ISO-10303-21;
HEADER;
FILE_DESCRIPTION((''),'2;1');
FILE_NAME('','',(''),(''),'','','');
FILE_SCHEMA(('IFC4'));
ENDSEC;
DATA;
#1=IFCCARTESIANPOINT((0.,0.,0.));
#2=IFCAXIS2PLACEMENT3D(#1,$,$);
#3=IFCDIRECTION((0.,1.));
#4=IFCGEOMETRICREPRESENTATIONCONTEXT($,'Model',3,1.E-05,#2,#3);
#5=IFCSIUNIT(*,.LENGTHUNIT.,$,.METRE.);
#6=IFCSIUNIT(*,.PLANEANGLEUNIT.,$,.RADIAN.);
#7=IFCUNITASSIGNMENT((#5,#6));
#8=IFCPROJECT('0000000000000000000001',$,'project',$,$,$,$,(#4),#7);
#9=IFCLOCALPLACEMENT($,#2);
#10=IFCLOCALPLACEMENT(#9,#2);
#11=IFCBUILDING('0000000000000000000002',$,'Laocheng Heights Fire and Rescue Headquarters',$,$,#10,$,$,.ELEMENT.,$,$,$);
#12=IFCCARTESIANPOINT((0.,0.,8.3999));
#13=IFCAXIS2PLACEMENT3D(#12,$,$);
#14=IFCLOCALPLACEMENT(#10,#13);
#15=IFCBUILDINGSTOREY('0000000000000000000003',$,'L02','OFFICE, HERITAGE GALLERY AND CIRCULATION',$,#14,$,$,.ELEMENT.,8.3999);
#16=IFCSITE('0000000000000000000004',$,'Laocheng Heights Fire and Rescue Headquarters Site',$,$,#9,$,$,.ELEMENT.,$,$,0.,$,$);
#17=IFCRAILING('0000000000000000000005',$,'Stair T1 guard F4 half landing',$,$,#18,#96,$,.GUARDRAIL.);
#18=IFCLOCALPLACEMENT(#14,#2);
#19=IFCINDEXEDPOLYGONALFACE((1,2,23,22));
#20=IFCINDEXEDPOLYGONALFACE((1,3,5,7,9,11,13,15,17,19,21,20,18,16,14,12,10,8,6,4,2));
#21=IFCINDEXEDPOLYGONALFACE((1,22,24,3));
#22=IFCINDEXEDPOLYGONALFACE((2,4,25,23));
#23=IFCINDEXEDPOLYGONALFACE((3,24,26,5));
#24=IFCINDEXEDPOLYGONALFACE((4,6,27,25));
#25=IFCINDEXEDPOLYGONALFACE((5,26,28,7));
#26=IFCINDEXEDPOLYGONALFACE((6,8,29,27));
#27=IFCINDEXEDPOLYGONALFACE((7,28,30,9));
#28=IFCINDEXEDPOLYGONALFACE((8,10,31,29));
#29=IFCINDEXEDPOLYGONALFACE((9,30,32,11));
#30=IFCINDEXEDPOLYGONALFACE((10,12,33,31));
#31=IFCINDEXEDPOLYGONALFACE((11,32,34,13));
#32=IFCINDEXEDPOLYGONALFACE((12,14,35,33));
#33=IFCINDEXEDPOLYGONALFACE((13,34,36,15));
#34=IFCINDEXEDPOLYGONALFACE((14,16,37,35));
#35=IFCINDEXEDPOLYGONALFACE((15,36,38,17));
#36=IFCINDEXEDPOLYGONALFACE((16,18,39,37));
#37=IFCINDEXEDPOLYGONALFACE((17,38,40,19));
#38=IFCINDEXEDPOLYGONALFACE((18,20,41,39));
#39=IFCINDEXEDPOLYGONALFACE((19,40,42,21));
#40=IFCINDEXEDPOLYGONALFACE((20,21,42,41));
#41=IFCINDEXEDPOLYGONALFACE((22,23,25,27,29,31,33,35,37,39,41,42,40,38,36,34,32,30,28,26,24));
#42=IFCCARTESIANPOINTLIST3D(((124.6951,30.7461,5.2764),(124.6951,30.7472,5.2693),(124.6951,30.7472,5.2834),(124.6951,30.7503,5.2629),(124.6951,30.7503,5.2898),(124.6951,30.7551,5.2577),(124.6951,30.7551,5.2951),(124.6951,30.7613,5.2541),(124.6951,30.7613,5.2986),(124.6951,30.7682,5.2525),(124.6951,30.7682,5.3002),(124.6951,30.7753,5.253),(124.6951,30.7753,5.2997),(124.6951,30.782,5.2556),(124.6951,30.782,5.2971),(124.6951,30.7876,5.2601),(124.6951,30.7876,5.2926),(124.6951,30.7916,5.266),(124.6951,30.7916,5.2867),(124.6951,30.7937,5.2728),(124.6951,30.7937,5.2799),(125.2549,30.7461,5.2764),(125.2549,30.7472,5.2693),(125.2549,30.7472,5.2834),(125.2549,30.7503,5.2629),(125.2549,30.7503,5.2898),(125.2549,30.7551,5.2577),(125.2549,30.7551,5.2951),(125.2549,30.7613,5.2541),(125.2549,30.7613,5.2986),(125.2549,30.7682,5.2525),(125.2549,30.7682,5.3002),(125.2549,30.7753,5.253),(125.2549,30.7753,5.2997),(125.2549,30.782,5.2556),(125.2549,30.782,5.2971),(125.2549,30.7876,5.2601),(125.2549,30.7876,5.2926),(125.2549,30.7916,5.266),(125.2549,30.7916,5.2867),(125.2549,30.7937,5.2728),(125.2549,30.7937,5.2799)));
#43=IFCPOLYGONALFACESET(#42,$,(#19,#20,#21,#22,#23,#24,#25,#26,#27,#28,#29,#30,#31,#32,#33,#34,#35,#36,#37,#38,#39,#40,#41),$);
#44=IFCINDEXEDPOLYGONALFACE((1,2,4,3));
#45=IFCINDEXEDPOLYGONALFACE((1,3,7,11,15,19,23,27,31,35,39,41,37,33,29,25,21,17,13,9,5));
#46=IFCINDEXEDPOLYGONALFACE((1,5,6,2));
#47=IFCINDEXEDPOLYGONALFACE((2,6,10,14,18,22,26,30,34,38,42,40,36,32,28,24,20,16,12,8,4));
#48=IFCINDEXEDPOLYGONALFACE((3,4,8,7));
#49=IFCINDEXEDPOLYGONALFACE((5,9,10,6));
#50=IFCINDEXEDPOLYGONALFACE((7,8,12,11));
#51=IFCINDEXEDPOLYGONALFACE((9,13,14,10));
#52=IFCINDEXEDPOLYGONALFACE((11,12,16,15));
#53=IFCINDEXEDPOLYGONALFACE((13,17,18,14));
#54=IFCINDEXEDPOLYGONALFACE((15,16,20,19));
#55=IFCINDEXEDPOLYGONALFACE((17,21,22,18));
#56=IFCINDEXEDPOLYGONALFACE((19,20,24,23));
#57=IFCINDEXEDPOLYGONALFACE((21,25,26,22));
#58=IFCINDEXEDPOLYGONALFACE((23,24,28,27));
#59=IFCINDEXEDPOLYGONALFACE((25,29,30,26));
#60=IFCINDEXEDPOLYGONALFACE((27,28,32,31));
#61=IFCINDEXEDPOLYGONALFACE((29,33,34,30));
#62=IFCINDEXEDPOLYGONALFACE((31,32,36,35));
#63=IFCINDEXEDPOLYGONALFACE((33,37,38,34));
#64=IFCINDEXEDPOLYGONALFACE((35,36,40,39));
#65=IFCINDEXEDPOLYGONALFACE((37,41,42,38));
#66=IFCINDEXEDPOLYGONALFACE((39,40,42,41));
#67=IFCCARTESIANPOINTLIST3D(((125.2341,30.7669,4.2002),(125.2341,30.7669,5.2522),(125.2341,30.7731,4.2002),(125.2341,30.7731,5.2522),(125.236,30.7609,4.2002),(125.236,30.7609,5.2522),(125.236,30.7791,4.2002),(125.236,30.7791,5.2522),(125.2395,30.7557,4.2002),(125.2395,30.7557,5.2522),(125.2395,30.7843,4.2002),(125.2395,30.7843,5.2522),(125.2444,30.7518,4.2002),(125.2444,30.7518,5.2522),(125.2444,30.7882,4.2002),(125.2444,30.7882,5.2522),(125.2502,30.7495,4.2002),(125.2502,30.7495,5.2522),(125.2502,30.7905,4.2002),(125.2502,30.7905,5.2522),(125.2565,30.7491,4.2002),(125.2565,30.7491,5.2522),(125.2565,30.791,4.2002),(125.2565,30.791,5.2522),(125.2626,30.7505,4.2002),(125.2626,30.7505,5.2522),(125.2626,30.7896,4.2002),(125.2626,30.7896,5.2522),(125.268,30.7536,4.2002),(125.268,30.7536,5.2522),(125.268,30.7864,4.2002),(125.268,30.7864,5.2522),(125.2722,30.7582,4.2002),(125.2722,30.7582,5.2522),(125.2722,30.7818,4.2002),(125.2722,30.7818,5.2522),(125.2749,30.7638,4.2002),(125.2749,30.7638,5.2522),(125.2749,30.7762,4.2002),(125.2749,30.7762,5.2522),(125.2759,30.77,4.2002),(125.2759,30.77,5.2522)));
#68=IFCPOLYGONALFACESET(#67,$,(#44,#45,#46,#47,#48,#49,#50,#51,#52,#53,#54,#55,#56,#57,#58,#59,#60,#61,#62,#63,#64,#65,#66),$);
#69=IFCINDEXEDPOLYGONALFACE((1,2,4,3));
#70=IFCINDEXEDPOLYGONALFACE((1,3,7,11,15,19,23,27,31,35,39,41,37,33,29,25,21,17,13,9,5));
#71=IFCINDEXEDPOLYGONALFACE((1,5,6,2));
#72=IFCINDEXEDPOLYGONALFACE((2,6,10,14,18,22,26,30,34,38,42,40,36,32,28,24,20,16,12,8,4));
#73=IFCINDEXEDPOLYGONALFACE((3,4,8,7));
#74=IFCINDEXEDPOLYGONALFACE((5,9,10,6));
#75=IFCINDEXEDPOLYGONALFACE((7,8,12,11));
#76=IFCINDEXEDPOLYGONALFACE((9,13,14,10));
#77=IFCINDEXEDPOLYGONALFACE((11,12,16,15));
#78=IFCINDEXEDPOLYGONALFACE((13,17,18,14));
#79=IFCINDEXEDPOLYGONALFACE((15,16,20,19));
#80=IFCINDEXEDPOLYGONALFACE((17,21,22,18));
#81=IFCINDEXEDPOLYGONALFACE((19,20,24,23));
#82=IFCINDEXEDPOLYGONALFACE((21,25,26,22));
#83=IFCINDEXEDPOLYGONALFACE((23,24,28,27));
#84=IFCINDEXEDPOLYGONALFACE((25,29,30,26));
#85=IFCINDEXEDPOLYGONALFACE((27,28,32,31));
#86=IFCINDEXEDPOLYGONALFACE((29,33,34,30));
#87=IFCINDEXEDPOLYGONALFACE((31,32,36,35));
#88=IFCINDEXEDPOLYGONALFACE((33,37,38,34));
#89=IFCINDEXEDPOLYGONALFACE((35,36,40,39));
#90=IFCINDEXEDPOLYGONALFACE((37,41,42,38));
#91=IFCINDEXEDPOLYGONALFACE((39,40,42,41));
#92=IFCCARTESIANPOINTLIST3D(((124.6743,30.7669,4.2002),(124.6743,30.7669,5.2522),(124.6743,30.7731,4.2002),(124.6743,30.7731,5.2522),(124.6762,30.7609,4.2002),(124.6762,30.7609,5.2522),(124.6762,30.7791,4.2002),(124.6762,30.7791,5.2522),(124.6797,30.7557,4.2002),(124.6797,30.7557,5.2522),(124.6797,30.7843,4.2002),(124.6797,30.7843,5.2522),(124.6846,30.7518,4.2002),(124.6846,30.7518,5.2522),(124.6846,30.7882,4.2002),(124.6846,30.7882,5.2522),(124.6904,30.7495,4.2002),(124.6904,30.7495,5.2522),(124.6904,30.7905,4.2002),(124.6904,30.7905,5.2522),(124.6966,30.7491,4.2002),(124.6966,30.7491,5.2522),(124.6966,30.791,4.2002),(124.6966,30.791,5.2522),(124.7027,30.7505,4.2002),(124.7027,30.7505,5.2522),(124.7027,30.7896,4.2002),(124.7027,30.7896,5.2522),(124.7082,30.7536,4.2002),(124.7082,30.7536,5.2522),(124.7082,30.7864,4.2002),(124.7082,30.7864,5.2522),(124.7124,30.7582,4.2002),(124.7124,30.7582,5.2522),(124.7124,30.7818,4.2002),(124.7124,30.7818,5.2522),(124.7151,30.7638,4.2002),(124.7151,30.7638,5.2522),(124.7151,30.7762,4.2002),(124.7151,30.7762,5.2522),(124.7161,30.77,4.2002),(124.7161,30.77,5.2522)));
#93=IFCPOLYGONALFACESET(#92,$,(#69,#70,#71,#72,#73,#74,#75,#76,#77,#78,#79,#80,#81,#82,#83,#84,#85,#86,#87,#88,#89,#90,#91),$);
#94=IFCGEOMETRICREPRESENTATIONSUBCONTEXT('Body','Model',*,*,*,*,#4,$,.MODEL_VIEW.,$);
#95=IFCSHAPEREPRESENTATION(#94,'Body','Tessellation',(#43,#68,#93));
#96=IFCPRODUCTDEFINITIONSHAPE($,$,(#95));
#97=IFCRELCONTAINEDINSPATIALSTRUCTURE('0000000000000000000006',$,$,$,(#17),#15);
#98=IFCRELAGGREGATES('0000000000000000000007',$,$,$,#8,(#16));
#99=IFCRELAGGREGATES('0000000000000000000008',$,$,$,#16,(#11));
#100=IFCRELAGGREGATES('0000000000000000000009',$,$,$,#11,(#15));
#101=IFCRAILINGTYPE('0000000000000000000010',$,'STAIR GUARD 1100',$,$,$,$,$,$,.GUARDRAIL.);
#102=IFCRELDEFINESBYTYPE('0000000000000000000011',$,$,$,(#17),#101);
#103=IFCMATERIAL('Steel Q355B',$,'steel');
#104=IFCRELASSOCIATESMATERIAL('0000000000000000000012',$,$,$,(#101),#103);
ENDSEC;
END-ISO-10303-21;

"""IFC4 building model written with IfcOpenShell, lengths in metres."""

from ifc_helpers import new_model, si_unit, direction, frame, origin, origin_2d, place, context, subcontext, project, spatial, circle, extrude, material, type_object, element, save


model = new_model("IFC4")

# Units and contexts
model_context = context("Model", 3, precision=1e-05, world=origin(), true_north=direction((0.0, 1.0)))
body_context = subcontext(model_context, "Body", "Model", "MODEL_VIEW")
ifc_project = project(units=[si_unit("LENGTHUNIT", "METRE"), si_unit("PLANEANGLEUNIT", "RADIAN")], contexts=[model_context])

# Site, building, storey
site_placement = place(None, origin())
site = spatial("IfcSite", under=ifc_project, at=site_placement, Name="Laocheng Heights Fire and Rescue Headquarters Site", CompositionType="ELEMENT", RefElevation=0.0)
building_placement = place(site_placement, origin())
building = spatial("IfcBuilding", under=site, at=building_placement, Name="Laocheng Heights Fire and Rescue Headquarters", CompositionType="ELEMENT")
storey_placement = place(building_placement, frame((0.0, 0.0, 8.3999)))
storey = spatial("IfcBuildingStorey", under=building, at=storey_placement, Name="L02", Description="OFFICE, HERITAGE GALLERY AND CIRCULATION", CompositionType="ELEMENT", Elevation=8.3999)

# Railing
ifc_material_1 = material(Name="Steel Q355B", Category="steel")
railing_type_1 = type_object("IfcRailingType", Name="STAIR GUARD 1100", PredefinedType="GUARDRAIL", material=ifc_material_1)
railing_1_placement = place(storey_placement, frame((125.2549, 30.77, 4.2002)))
element("IfcRailing", 1, at=railing_1_placement, inside=storey, type_object=railing_type_1, Name="Stair T1 guard F4 half landing", PredefinedType="GUARDRAIL", context=body_context, shape_type="SweptSolid", body=[
    extrude(circle(Radius=0.0239, at=origin_2d()), frame((0.0, 0.0, 1.0762), z_axis=(-1.0, 0.0, 0.0), x_axis=(0.0, -1.0, 0.0)), (0.0, 0.0, 1.0), 0.5598),
    extrude(circle(Radius=0.021, at=origin_2d()), origin(), (0.0, 0.0, 1.0), 1.052),
    extrude(circle(Radius=0.021, at=origin_2d()), frame((-0.5598, 0.0, 0.0)), (0.0, 0.0, 1.0), 1.052),
])

save(model, "model.ifc")
